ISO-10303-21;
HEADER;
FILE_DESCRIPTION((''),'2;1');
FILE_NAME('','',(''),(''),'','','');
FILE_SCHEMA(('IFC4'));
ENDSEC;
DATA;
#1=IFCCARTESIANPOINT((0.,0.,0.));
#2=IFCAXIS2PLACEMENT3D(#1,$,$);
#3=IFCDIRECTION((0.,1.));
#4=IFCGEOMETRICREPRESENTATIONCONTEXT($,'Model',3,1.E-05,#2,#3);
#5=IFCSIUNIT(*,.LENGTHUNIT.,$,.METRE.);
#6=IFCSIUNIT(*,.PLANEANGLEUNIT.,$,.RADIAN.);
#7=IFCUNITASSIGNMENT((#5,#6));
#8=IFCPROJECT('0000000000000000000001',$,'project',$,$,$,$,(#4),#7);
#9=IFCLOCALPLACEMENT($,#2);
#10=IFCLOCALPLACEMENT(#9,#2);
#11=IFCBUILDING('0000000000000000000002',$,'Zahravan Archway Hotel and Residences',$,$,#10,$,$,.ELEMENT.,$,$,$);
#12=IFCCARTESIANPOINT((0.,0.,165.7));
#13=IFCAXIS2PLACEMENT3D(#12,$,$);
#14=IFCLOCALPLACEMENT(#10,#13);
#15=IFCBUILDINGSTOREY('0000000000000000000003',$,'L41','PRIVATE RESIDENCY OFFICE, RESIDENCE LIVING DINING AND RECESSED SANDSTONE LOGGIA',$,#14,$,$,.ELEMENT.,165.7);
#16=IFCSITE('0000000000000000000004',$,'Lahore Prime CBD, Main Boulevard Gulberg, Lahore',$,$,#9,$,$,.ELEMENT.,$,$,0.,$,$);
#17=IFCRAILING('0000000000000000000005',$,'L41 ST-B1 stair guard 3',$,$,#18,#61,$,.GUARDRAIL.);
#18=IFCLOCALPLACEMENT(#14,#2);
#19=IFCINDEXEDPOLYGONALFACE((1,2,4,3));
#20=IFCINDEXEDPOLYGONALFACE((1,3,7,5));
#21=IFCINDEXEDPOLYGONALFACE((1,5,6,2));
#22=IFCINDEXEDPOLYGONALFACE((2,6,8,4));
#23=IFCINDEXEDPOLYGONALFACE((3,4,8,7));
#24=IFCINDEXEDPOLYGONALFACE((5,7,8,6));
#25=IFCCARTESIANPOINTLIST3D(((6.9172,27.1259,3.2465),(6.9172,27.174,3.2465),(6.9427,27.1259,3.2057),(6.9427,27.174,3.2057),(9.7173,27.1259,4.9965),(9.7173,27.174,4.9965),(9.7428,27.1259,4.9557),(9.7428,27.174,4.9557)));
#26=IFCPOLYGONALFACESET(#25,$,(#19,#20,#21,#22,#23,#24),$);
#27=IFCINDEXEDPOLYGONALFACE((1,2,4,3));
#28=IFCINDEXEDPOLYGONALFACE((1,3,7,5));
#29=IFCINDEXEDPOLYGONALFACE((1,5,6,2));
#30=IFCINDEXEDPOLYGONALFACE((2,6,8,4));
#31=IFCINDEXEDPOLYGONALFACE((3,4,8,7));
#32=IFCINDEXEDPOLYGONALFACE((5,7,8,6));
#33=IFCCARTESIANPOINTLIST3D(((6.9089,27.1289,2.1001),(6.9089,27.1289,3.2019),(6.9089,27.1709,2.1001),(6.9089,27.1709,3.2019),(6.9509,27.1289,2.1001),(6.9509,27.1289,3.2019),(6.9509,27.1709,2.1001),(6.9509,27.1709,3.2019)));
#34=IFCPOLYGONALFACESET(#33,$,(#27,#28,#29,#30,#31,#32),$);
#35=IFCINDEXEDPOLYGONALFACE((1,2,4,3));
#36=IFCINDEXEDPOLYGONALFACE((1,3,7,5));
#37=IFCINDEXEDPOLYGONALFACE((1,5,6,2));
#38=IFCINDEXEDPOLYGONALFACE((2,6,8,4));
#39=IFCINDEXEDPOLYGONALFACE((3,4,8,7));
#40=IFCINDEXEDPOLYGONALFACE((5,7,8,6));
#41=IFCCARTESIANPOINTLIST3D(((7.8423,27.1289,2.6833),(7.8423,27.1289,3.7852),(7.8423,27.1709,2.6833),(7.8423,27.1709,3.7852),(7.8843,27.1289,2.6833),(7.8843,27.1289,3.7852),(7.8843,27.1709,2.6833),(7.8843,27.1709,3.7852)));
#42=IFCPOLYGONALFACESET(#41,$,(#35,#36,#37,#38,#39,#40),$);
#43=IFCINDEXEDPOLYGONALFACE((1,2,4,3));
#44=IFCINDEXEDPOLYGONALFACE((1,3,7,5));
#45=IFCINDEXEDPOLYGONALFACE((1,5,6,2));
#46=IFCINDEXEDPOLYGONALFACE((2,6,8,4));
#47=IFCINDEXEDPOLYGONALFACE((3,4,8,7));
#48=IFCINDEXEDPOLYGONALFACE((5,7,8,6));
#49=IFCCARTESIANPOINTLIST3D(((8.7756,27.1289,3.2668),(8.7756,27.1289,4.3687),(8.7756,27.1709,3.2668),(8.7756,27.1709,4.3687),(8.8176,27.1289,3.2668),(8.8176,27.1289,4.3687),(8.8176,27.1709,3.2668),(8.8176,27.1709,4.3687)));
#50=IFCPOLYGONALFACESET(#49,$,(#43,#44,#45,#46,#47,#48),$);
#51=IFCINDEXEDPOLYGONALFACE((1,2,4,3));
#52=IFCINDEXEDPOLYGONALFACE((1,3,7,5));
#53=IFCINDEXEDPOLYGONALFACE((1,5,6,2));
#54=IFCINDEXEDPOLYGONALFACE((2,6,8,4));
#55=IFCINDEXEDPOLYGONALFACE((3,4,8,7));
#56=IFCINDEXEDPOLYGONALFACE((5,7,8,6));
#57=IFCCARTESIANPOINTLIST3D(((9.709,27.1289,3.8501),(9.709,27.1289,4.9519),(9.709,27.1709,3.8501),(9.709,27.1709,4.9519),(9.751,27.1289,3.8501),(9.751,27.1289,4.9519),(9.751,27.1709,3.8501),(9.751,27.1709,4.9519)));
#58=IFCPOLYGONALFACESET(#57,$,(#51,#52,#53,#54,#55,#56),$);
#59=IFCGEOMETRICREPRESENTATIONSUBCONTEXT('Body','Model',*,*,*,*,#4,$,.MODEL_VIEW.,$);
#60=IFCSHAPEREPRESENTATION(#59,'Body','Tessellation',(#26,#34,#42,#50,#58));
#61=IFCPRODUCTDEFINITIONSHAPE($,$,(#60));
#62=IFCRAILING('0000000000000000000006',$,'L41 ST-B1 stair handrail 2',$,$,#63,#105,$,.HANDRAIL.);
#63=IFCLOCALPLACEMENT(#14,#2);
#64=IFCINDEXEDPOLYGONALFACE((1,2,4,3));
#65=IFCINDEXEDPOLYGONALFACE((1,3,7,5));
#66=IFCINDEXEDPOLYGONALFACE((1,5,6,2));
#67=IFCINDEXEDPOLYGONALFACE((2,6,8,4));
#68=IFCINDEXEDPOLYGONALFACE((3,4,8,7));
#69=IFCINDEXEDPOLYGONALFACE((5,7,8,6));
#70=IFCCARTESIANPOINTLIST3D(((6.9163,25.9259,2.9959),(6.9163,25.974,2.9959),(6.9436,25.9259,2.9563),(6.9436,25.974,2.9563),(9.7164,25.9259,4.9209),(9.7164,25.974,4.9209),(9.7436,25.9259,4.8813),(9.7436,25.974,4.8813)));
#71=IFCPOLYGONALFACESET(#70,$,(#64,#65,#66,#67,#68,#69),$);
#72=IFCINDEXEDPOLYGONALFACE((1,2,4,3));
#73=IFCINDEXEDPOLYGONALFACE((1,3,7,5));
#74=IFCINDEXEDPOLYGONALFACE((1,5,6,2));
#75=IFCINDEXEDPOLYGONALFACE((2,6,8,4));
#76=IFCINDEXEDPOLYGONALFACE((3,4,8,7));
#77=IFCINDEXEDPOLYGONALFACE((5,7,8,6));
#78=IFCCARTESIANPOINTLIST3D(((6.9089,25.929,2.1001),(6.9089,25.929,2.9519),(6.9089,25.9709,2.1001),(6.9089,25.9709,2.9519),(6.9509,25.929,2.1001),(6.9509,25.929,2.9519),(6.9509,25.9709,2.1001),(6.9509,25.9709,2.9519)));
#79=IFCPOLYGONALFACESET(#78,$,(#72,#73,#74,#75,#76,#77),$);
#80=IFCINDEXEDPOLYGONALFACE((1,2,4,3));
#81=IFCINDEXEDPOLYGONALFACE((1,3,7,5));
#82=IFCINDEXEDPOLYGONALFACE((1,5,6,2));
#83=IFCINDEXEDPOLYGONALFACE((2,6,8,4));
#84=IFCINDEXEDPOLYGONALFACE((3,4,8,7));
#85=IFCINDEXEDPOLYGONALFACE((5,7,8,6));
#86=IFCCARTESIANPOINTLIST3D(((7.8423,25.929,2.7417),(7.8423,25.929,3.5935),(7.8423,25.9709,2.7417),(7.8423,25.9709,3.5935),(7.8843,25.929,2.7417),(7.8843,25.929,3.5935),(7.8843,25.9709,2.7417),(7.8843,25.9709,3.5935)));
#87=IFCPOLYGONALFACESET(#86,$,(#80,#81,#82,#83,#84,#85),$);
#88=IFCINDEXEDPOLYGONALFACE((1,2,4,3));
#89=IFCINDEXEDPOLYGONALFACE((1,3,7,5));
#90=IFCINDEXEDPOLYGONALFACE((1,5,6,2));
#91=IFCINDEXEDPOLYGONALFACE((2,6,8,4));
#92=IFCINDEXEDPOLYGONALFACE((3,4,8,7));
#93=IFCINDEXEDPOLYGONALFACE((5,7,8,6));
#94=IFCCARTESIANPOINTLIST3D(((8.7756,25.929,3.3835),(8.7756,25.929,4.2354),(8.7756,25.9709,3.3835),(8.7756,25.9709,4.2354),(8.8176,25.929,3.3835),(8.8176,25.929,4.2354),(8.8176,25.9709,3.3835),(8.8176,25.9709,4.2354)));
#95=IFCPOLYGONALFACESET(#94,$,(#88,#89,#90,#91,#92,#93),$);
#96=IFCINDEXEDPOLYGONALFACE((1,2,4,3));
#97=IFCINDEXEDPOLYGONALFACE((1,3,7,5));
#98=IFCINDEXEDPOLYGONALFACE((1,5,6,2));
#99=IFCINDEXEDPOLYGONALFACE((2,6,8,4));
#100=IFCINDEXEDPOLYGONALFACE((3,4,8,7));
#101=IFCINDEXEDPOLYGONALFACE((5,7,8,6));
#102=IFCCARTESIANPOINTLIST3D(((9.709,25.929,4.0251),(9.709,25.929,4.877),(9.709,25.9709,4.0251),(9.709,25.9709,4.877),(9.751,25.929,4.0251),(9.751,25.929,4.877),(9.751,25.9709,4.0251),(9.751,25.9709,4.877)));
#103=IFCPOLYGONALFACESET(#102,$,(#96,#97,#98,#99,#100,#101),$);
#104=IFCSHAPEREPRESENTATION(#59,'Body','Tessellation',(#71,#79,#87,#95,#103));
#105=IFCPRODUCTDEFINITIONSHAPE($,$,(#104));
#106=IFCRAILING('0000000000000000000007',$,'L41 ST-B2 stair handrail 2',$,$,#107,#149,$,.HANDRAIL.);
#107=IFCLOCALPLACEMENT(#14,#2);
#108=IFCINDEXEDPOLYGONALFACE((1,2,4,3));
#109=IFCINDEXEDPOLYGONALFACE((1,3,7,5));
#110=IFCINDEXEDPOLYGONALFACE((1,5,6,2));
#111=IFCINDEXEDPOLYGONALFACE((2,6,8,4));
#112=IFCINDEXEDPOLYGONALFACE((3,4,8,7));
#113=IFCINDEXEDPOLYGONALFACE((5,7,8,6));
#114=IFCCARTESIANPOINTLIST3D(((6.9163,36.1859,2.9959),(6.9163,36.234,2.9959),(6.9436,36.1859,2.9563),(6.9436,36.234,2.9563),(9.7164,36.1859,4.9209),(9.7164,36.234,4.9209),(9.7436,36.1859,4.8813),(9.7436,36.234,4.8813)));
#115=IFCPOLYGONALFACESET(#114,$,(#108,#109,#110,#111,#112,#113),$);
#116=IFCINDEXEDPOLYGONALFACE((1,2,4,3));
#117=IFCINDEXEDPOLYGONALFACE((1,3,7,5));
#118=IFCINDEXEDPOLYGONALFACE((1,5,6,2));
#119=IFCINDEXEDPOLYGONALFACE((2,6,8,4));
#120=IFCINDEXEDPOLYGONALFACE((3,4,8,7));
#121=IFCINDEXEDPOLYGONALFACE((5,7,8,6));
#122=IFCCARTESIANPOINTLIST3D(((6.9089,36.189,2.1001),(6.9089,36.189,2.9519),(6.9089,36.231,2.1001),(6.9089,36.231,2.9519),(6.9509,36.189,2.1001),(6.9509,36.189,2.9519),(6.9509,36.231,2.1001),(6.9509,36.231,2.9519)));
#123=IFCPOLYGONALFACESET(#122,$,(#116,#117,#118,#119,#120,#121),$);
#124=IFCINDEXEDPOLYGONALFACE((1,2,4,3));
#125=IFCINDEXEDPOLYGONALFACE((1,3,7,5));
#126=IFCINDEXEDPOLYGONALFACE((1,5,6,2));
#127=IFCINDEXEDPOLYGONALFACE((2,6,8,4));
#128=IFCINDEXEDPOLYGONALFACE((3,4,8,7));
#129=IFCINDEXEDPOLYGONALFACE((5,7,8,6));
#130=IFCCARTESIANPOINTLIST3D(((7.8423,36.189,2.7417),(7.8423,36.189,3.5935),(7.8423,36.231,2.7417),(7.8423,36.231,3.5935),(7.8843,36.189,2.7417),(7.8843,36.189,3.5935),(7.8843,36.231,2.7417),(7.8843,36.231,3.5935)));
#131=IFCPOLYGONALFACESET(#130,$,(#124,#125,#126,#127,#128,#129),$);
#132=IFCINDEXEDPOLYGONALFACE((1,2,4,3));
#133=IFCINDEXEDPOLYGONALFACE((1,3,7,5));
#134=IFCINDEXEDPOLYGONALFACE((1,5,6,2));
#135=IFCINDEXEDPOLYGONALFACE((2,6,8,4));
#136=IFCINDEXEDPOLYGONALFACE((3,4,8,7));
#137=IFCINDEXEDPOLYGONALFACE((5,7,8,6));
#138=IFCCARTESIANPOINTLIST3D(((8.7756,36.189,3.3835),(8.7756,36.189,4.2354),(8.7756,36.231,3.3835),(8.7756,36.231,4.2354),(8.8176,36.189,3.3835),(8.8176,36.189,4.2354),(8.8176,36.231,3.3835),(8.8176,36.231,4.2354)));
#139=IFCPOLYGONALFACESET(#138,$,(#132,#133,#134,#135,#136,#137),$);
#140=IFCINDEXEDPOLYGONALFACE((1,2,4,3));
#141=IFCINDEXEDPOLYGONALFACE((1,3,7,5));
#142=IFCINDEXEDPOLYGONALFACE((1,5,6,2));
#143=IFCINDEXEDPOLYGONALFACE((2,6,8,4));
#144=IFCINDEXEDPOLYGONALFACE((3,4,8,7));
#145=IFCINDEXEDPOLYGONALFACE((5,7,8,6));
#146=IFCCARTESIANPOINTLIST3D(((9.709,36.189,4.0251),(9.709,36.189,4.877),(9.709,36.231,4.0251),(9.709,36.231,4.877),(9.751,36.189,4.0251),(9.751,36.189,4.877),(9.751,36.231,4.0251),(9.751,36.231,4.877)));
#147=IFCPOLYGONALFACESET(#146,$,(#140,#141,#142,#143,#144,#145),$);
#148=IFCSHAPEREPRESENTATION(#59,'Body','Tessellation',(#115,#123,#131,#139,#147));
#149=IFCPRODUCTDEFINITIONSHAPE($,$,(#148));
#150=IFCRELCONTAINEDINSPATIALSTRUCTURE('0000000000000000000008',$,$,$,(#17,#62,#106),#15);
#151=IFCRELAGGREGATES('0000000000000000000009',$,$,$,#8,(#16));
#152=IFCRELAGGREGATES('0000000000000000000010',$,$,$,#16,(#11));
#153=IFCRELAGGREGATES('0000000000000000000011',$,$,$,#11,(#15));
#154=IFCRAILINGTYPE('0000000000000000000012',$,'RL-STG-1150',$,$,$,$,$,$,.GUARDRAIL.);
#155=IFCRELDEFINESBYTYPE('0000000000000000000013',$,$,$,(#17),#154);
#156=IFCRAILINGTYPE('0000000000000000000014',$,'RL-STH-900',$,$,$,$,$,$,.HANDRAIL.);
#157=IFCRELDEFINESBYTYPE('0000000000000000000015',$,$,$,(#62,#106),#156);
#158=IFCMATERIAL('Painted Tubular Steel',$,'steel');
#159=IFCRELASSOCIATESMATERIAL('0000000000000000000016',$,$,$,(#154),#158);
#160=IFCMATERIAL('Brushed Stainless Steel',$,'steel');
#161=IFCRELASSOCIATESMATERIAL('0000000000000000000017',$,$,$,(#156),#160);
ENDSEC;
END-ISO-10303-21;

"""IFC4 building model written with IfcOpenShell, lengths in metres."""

from ifc_helpers import new_model, si_unit, direction, frame, origin, origin_2d, place, context, subcontext, project, spatial, rectangle, extrude, material, type_object, element, save


model = new_model("IFC4")

# Units and contexts
model_context = context("Model", 3, precision=1e-05, world=origin(), true_north=direction((0.0, 1.0)))
body_context = subcontext(model_context, "Body", "Model", "MODEL_VIEW")
ifc_project = project(units=[si_unit("LENGTHUNIT", "METRE"), si_unit("PLANEANGLEUNIT", "RADIAN")], contexts=[model_context])

# Site, building, storey
site_placement = place(None, origin())
site = spatial("IfcSite", under=ifc_project, at=site_placement, Name="Lahore Prime CBD, Main Boulevard Gulberg, Lahore", CompositionType="ELEMENT", RefElevation=0.0)
building_placement = place(site_placement, origin())
building = spatial("IfcBuilding", under=site, at=building_placement, Name="Zahravan Archway Hotel and Residences", CompositionType="ELEMENT")
storey_placement = place(building_placement, frame((0.0, 0.0, 165.7)))
storey = spatial("IfcBuildingStorey", under=building, at=storey_placement, Name="L41", Description="PRIVATE RESIDENCY OFFICE, RESIDENCE LIVING DINING AND RECESSED SANDSTONE LOGGIA", CompositionType="ELEMENT", Elevation=165.7)

# Shared definitions
ifc_material_1 = material(Name="Brushed Stainless Steel", Category="steel")

# Railings
ifc_material_2 = material(Name="Painted Tubular Steel", Category="steel")
railing_type_1 = type_object("IfcRailingType", Name="RL-STG-1150", PredefinedType="GUARDRAIL", material=ifc_material_2)
railing_1_placement = place(storey_placement, frame((6.9299, 27.1499, 2.1001)))
element("IfcRailing", 1, at=railing_1_placement, inside=storey, type_object=railing_type_1, Name="L41 ST-B1 stair guard 3", PredefinedType="GUARDRAIL", context=body_context, shape_type="SweptSolid", body=[
    extrude(rectangle(XDim=0.0481, YDim=0.0481, at=origin_2d()), frame((0.0, 0.0, 1.126), z_axis=(0.848002, 0.0, 0.529992), x_axis=(0.0, 1.0, 0.0)), (0.0, 0.0, 1.0), 3.302),
    extrude(rectangle(XDim=0.042, YDim=0.042, at=origin_2d()), origin(), (0.0, 0.0, 1.0), 1.1018),
    extrude(rectangle(XDim=0.042, YDim=0.042, at=origin_2d()), frame((0.9333, 0.0, 0.5833)), (0.0, 0.0, 1.0), 1.1018),
    extrude(rectangle(XDim=0.042, YDim=0.042, at=origin_2d()), frame((1.8667, 0.0, 1.1667)), (0.0, 0.0, 1.0), 1.1018),
    extrude(rectangle(XDim=0.042, YDim=0.042, at=origin_2d()), frame((2.8, 0.0, 1.75)), (0.0, 0.0, 1.0), 1.1018),
])
railing_type_2 = type_object("IfcRailingType", Name="RL-STH-900", PredefinedType="HANDRAIL", material=ifc_material_1)
for number, where, name in (
    (2, (6.9299, 25.95, 2.1001), "L41 ST-B1 stair handrail 2"),
    (3, (6.9299, 36.21, 2.1001), "L41 ST-B2 stair handrail 2"),
):
    element("IfcRailing", number, at=place(storey_placement, frame(where)), inside=storey, type_object=railing_type_2, Name=name, PredefinedType="HANDRAIL", context=body_context, shape_type="SweptSolid", body=[
        extrude(rectangle(XDim=0.0481, YDim=0.0481, at=origin_2d()), frame((0.0, 0.0, 0.876), z_axis=(0.82404, 0.0, 0.566532), x_axis=(0.0, 1.0, 0.0)), (0.0, 0.0, 1.0), 3.3979),
        extrude(rectangle(XDim=0.042, YDim=0.042, at=origin_2d()), origin(), (0.0, 0.0, 1.0), 0.8518),
        extrude(rectangle(XDim=0.042, YDim=0.042, at=origin_2d()), frame((0.9333, 0.0, 0.6416)), (0.0, 0.0, 1.0), 0.8518),
        extrude(rectangle(XDim=0.042, YDim=0.042, at=origin_2d()), frame((1.8667, 0.0, 1.2834)), (0.0, 0.0, 1.0), 0.8518),
        extrude(rectangle(XDim=0.042, YDim=0.042, at=origin_2d()), frame((2.8, 0.0, 1.925)), (0.0, 0.0, 1.0), 0.8518),
    ])

save(model, "model.ifc")
